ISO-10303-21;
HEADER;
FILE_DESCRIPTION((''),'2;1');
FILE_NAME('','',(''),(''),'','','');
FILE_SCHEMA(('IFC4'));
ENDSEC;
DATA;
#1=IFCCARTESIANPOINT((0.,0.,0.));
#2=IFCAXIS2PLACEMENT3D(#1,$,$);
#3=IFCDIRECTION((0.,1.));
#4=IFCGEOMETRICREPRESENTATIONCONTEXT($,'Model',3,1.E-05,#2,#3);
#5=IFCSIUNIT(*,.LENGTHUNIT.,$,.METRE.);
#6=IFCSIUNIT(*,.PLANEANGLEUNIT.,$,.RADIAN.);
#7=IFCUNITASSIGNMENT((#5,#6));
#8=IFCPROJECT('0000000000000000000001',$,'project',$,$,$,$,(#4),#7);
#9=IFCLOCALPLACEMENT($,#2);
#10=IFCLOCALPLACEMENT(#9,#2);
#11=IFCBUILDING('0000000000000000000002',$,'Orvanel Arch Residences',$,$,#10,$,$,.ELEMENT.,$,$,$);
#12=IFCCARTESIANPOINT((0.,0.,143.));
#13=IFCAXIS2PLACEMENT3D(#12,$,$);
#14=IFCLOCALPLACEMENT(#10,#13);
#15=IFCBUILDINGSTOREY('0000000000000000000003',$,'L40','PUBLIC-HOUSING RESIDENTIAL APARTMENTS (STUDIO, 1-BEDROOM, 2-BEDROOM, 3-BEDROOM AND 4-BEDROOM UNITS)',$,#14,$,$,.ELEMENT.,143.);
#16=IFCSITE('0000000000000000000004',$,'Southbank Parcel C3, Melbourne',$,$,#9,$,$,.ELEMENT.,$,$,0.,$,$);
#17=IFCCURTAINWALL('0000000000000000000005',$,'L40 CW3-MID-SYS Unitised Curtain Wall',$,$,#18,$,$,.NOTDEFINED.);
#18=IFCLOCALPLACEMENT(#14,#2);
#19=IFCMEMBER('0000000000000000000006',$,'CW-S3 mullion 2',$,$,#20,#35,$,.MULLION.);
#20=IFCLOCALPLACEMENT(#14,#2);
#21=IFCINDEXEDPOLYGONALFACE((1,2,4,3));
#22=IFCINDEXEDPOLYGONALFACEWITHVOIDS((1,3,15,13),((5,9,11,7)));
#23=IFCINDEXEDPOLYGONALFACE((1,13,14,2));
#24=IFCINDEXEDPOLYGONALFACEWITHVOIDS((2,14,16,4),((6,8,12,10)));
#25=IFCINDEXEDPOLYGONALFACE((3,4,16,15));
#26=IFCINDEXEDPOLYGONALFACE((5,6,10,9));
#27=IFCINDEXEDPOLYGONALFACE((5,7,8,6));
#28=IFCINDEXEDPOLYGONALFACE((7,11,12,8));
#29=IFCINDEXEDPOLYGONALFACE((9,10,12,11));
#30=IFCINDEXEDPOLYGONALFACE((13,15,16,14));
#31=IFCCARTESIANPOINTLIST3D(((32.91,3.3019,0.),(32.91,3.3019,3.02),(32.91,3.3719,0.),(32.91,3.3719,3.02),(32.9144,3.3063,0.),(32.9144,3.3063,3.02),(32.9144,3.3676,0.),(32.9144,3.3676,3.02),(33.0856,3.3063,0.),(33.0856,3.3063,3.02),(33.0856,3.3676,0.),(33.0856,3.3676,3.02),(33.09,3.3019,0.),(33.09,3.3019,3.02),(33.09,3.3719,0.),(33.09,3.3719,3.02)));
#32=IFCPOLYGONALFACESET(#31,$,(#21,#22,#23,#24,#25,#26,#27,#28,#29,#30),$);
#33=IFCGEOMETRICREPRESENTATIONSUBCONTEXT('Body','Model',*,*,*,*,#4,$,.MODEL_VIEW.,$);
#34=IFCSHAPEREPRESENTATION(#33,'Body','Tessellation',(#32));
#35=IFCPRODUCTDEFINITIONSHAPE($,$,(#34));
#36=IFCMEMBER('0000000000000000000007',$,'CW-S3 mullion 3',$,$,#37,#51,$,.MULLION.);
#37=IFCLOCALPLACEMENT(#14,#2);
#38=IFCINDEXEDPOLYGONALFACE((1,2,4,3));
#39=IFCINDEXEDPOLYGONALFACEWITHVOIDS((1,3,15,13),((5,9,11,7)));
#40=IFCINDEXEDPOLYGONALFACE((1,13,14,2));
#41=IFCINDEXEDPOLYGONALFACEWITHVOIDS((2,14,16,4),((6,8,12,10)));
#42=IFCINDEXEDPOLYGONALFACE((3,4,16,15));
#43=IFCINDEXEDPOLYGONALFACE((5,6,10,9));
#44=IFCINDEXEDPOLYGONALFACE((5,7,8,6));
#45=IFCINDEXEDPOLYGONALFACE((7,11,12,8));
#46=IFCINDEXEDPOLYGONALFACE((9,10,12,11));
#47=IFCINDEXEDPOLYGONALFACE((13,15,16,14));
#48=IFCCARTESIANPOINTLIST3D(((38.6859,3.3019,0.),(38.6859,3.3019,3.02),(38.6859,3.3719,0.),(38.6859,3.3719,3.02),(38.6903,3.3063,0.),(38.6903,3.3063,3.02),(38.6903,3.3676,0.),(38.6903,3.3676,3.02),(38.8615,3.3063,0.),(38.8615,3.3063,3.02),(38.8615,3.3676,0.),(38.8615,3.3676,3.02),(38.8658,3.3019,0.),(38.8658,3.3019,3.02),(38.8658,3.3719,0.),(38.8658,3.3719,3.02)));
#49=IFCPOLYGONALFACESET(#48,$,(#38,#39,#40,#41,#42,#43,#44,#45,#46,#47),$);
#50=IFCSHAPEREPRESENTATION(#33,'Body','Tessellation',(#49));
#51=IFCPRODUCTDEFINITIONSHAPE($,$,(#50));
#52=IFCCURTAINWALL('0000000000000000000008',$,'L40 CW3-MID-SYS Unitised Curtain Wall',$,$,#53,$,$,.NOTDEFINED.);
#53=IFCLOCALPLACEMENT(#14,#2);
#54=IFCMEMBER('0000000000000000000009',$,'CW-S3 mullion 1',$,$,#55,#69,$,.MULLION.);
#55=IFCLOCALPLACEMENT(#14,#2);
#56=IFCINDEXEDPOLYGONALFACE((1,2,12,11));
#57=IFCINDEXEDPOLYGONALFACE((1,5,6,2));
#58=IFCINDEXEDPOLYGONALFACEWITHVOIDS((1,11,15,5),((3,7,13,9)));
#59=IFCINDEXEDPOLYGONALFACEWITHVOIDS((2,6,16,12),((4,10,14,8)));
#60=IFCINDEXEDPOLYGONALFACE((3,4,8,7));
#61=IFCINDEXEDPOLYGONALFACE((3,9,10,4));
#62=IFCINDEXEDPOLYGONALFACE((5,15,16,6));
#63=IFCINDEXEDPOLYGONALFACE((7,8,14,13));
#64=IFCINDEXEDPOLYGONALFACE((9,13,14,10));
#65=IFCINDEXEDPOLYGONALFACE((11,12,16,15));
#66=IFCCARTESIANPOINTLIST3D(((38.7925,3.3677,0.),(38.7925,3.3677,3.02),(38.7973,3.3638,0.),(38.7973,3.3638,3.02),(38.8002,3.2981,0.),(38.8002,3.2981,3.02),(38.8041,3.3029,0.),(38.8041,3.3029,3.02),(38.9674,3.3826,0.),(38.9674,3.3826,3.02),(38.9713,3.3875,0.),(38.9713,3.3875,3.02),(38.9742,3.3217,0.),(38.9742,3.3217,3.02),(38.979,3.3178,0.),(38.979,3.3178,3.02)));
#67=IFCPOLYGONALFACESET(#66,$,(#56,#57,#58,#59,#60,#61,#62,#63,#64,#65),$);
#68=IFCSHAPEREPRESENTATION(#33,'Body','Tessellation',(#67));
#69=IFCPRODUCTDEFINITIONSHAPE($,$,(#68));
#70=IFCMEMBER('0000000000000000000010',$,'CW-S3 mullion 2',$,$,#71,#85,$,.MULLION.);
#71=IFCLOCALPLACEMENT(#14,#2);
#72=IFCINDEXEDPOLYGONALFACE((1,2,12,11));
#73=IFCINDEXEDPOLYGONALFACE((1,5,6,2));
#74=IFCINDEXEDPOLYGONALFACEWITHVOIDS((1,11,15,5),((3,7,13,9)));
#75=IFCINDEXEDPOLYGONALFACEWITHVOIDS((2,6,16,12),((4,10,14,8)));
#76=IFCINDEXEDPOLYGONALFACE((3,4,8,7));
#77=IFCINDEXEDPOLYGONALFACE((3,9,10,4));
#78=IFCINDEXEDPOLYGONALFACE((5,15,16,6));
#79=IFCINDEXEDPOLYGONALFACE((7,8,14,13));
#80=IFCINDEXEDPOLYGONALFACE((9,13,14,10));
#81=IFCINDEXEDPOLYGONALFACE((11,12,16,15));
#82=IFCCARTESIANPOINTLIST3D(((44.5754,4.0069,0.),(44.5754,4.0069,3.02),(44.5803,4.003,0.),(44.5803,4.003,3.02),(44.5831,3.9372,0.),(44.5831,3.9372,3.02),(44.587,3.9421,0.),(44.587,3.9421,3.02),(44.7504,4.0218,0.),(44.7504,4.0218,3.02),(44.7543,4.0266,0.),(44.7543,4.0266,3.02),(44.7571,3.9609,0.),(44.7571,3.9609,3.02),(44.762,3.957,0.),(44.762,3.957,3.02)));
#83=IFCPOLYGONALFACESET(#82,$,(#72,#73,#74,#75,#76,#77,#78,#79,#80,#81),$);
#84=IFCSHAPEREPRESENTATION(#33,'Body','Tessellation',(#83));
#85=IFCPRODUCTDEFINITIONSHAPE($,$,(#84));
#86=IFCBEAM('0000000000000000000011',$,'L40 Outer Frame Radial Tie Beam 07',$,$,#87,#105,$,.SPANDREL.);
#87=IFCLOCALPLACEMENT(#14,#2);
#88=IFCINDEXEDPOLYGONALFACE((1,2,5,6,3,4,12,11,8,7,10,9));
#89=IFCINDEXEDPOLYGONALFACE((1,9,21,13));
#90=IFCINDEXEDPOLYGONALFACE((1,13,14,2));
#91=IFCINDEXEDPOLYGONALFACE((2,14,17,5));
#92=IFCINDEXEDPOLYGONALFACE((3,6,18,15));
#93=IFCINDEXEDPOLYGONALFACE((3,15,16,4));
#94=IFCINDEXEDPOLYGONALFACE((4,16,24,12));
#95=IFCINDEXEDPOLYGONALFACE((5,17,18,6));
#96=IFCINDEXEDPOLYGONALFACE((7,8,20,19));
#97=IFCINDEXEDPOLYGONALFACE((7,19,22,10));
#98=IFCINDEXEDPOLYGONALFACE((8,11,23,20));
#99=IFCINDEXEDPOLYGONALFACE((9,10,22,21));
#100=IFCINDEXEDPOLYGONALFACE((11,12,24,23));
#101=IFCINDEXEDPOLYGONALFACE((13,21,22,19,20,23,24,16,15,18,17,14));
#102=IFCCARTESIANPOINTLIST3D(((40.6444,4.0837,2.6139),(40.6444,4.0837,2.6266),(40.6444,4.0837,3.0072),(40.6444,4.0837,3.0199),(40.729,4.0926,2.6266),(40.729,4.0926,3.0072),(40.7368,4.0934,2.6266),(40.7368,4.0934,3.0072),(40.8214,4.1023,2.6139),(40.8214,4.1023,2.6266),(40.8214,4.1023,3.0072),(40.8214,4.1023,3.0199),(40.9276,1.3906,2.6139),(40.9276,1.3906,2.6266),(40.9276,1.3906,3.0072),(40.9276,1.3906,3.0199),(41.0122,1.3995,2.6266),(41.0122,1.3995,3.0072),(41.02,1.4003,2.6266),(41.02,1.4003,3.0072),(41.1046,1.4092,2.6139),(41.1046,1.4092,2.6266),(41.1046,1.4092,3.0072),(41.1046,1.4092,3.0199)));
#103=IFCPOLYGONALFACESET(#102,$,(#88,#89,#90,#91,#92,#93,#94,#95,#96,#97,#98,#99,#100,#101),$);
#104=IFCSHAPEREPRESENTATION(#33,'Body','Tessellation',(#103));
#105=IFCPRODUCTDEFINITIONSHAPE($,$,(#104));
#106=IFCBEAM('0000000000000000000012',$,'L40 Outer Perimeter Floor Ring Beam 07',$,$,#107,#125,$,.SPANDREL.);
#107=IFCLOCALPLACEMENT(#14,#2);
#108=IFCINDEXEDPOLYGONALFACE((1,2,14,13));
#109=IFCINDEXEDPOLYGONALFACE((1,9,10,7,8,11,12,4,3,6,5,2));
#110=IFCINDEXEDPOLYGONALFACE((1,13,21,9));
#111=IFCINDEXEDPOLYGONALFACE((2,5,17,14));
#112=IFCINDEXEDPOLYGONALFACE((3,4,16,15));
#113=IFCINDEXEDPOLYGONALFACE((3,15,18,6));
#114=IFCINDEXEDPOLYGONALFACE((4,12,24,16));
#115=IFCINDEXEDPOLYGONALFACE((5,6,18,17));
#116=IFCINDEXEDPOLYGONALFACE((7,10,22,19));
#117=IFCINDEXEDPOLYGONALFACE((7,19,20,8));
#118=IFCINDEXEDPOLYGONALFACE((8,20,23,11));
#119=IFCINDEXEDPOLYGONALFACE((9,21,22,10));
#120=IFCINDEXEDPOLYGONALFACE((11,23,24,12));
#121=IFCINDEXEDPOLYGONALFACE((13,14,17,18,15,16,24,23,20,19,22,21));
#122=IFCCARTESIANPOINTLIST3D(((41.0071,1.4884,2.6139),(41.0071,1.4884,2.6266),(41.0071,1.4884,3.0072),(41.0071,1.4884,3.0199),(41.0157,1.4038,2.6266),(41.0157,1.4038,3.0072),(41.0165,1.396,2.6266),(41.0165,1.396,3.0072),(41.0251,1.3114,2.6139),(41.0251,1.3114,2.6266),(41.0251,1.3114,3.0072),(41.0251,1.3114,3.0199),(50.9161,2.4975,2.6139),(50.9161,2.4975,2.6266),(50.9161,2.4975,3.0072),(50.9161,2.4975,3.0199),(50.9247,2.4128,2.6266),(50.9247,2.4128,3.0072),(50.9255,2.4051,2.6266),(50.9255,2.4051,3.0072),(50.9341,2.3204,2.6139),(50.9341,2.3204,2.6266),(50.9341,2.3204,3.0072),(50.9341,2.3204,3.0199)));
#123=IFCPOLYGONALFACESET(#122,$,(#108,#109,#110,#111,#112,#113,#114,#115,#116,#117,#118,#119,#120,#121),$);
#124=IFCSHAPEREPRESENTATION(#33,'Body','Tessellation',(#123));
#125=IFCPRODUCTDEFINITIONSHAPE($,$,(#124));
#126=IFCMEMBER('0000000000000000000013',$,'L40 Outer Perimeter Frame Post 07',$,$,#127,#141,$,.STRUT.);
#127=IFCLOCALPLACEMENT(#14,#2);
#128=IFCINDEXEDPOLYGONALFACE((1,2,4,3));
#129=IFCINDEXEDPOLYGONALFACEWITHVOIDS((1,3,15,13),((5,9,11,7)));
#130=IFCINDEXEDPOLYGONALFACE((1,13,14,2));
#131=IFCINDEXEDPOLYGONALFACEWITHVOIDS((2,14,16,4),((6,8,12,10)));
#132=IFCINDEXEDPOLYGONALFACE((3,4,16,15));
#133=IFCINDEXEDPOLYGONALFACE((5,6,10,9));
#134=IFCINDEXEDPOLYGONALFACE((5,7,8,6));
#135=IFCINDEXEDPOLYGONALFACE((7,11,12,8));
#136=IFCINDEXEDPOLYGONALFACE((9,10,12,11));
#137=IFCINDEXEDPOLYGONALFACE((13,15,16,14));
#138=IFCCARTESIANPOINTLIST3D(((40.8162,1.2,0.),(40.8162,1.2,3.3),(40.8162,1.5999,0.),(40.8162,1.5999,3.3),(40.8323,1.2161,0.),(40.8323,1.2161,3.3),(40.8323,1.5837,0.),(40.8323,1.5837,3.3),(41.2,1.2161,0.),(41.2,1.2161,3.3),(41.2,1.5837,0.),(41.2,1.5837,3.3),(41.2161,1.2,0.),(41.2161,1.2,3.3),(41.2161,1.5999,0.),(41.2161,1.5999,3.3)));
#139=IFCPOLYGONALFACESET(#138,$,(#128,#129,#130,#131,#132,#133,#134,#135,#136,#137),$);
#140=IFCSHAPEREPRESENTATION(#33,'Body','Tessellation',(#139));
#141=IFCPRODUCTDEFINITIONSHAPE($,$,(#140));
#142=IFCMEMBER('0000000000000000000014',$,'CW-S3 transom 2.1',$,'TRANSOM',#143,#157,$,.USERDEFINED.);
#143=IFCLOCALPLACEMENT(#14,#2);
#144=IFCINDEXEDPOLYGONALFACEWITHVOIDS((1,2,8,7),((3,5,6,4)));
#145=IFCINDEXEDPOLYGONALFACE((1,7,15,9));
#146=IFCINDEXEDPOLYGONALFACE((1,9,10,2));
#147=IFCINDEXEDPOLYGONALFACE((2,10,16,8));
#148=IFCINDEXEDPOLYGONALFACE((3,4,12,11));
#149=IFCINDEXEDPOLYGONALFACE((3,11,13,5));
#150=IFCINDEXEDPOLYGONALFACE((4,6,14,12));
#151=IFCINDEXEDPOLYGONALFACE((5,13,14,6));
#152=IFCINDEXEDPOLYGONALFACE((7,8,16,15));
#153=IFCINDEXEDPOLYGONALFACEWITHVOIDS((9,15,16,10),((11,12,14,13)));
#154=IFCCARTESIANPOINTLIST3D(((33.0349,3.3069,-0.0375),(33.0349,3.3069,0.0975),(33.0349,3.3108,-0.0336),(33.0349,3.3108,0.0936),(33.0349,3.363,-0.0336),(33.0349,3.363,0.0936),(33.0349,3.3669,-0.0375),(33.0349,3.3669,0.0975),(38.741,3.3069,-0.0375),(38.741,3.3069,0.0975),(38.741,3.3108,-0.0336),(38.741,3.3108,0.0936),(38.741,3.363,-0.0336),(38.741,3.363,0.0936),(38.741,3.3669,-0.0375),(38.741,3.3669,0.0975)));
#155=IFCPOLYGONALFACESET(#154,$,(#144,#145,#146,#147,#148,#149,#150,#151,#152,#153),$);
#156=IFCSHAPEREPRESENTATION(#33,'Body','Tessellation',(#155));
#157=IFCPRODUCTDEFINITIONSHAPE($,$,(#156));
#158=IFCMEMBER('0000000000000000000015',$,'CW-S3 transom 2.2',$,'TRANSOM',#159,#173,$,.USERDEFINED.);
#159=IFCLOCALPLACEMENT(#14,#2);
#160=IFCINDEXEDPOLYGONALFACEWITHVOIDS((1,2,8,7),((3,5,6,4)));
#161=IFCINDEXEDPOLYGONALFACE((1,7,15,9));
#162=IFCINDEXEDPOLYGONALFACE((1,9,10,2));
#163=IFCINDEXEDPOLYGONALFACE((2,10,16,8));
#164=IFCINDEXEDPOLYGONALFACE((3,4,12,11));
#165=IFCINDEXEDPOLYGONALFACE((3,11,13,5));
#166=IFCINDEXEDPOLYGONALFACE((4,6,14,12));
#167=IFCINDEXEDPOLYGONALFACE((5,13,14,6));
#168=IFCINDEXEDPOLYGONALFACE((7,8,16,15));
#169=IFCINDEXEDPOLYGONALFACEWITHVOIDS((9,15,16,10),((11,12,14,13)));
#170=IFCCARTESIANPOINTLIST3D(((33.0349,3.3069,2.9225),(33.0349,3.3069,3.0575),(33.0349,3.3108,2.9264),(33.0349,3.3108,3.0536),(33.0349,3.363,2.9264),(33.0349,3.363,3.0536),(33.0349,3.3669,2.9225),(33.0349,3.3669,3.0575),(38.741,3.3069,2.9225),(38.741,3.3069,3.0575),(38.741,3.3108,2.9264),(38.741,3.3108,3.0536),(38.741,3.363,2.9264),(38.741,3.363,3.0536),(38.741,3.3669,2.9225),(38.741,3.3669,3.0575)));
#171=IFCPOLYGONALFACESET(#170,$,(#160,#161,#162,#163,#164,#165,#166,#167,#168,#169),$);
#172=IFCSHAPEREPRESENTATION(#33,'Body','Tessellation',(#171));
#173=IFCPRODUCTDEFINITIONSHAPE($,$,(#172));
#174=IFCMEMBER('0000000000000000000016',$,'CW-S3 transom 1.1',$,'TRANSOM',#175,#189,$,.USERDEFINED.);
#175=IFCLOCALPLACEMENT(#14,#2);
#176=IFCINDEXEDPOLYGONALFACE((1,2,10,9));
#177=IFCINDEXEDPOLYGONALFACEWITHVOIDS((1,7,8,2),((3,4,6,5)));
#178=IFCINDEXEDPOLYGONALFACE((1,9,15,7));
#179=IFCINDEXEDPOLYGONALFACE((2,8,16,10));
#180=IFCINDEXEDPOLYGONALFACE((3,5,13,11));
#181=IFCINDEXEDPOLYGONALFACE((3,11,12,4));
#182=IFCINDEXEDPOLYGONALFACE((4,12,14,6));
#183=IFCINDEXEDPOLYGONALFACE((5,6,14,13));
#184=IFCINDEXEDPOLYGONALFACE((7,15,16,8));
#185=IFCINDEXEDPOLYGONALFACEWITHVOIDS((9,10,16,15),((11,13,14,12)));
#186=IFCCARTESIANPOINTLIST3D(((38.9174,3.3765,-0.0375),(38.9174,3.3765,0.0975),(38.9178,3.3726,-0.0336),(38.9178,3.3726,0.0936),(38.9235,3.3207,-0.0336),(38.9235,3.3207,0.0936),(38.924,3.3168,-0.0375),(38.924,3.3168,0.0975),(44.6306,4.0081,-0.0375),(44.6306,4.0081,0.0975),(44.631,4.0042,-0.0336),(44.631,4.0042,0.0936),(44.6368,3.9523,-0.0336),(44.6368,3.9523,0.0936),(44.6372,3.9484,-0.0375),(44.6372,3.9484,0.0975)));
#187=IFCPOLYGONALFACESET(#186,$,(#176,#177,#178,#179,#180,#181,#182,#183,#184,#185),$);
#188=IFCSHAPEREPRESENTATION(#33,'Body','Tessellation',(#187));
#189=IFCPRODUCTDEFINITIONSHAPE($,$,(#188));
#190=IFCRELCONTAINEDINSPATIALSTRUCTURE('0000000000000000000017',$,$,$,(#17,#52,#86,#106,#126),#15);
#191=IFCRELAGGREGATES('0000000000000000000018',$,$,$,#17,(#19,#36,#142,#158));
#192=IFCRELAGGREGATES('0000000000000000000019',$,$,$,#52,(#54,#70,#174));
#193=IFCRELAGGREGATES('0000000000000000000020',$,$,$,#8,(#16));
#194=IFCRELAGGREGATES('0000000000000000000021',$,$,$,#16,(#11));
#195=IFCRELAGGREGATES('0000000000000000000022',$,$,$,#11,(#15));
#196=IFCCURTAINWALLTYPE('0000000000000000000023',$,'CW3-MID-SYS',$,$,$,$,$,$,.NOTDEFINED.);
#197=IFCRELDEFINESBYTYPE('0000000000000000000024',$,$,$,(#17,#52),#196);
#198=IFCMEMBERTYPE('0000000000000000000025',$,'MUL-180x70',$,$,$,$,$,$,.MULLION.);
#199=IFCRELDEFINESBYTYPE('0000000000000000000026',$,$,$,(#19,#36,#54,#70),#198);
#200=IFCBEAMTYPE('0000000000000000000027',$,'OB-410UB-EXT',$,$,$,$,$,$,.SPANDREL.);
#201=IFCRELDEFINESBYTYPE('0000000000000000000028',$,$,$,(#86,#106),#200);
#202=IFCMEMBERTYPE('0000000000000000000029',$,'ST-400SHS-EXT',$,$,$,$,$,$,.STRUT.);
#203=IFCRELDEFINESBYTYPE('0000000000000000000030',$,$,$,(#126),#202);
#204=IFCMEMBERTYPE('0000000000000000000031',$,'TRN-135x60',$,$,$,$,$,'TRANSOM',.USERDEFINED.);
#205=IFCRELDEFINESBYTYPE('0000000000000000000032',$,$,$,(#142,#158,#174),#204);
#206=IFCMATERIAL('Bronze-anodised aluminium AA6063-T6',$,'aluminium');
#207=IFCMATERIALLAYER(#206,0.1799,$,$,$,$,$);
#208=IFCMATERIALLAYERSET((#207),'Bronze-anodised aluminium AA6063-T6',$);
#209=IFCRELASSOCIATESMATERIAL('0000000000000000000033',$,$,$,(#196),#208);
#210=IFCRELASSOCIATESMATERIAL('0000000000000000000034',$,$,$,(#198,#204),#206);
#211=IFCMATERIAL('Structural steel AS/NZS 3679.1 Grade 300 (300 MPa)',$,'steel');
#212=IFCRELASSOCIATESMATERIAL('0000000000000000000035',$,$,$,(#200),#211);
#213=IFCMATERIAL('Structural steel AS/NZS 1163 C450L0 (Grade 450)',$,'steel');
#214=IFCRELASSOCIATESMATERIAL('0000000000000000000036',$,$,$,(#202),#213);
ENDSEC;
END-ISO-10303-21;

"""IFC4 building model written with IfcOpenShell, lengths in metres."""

from ifc_helpers import new_model, si_unit, direction, frame, origin, origin_2d, place, context, subcontext, project, spatial, hollow_rectangle, i_section, extrude, material, layer, layer_set, material_profile, profile_set, type_object, element, aggregate, save


model = new_model("IFC4")

# Units and contexts
model_context = context("Model", 3, precision=1e-05, world=origin(), true_north=direction((0.0, 1.0)))
body_context = subcontext(model_context, "Body", "Model", "MODEL_VIEW")
ifc_project = project(units=[si_unit("LENGTHUNIT", "METRE"), si_unit("PLANEANGLEUNIT", "RADIAN")], contexts=[model_context])

# Site, building, storey
site_placement = place(None, origin())
site = spatial("IfcSite", under=ifc_project, at=site_placement, Name="Southbank Parcel C3, Melbourne", CompositionType="ELEMENT", RefElevation=0.0)
building_placement = place(site_placement, origin())
building = spatial("IfcBuilding", under=site, at=building_placement, Name="Orvanel Arch Residences", CompositionType="ELEMENT")
storey_placement = place(building_placement, frame((0.0, 0.0, 143.0)))
storey = spatial("IfcBuildingStorey", under=building, at=storey_placement, Name="L40", Description="PUBLIC-HOUSING RESIDENTIAL APARTMENTS (STUDIO, 1-BEDROOM, 2-BEDROOM, 3-BEDROOM AND 4-BEDROOM UNITS)", CompositionType="ELEMENT", Elevation=143.0)

# Curtain walls, members
ifc_material_1 = material(Name="Bronze-anodised aluminium AA6063-T6", Category="aluminium")
ifc_layer_1 = layer(ifc_material_1, 0.1799)
ifc_layer_set_1 = layer_set([ifc_layer_1], Name="Bronze-anodised aluminium AA6063-T6")
curtain_wall_type = type_object("IfcCurtainWallType", Name="CW3-MID-SYS", PredefinedType="NOTDEFINED", material=ifc_layer_set_1)
curtain_wall_1_placement = place(storey_placement, origin())
curtain_wall_1 = element("IfcCurtainWall", 1, at=curtain_wall_1_placement, inside=storey, type_object=curtain_wall_type, Name="L40 CW3-MID-SYS Unitised Curtain Wall", PredefinedType="NOTDEFINED")
ifc_material_profile_1 = material_profile(ifc_material_1, hollow_rectangle(XDim=0.0701, YDim=0.1799, WallThickness=0.0044, at=origin_2d()), Name="ALU180x70x4.5")
ifc_profile_set_1 = profile_set([ifc_material_profile_1], Name="Bronze-anodised aluminium AA6063-T6")
member_type_1 = type_object("IfcMemberType", Name="MUL-180x70", PredefinedType="MULLION", material=ifc_profile_set_1)
member_1_placement = place(storey_placement, frame((33.0, 3.3369, 0.0), z_axis=(0.0, 0.0, 1.0), x_axis=(0.0, 1.0, 0.0)))
member_1 = element("IfcMember", 2, at=member_1_placement, type_object=member_type_1, Name="CW-S3 mullion 2", PredefinedType="MULLION", context=body_context, shape_type="SweptSolid", body=[
    extrude(hollow_rectangle(XDim=0.0701, YDim=0.1799, WallThickness=0.0044, at=origin_2d()), origin(), (0.0, 0.0, 1.0), 3.02),
])
member_2_placement = place(storey_placement, frame((38.7759, 3.3369, 0.0), z_axis=(0.0, 0.0, 1.0), x_axis=(0.0, 1.0, 0.0)))
member_2 = element("IfcMember", 3, at=member_2_placement, type_object=member_type_1, Name="CW-S3 mullion 3", PredefinedType="MULLION", context=body_context, shape_type="SweptSolid", body=[
    extrude(hollow_rectangle(XDim=0.0701, YDim=0.1799, WallThickness=0.0044, at=origin_2d()), origin(), (0.0, 0.0, 1.0), 3.02),
])
curtain_wall_2_placement = place(storey_placement, origin())
curtain_wall_2 = element("IfcCurtainWall", 4, at=curtain_wall_2_placement, inside=storey, type_object=curtain_wall_type, Name="L40 CW3-MID-SYS Unitised Curtain Wall", PredefinedType="NOTDEFINED")
member_3_placement = place(storey_placement, frame((38.8857, 3.3428, 0.0), z_axis=(0.0, 0.0, 1.0), x_axis=(-0.109856, 0.993947, 0.0)))
member_3 = element("IfcMember", 5, at=member_3_placement, type_object=member_type_1, Name="CW-S3 mullion 1", PredefinedType="MULLION", context=body_context, shape_type="SweptSolid", body=[
    extrude(hollow_rectangle(XDim=0.0701, YDim=0.1799, WallThickness=0.0044, at=origin_2d()), origin(), (0.0, 0.0, 1.0), 3.02),
])
member_4_placement = place(storey_placement, frame((44.6687, 3.9819, 0.0), z_axis=(0.0, 0.0, 1.0), x_axis=(-0.109856, 0.993947, 0.0)))
member_4 = element("IfcMember", 6, at=member_4_placement, type_object=member_type_1, Name="CW-S3 mullion 2", PredefinedType="MULLION", context=body_context, shape_type="SweptSolid", body=[
    extrude(hollow_rectangle(XDim=0.0701, YDim=0.1799, WallThickness=0.0044, at=origin_2d()), origin(), (0.0, 0.0, 1.0), 3.02),
])

# Beams
ifc_material_2 = material(Name="Structural steel AS/NZS 3679.1 Grade 300 (300 MPa)", Category="steel")
ifc_material_profile_2 = material_profile(ifc_material_2, i_section(OverallWidth=0.178, OverallDepth=0.406, WebThickness=0.0078, FlangeThickness=0.0127, at=origin_2d()), Name="410UB59.7")
ifc_profile_set_2 = profile_set([ifc_material_profile_2], Name="Structural steel AS/NZS 3679.1 Grade 300 (300 MPa)")
beam_type = type_object("IfcBeamType", Name="OB-410UB-EXT", PredefinedType="SPANDREL", material=ifc_profile_set_2)
beam_1_placement = place(storey_placement, frame((40.7329, 4.093, 2.8169), z_axis=(0.104582, -0.994516, 0.0), x_axis=(0.994516, 0.104582, 0.0)))
element("IfcBeam", 7, at=beam_1_placement, inside=storey, type_object=beam_type, Name="L40 Outer Frame Radial Tie Beam 07", PredefinedType="SPANDREL", context=body_context, shape_type="SweptSolid", body=[
    extrude(i_section(OverallWidth=0.178, OverallDepth=0.406, WebThickness=0.0078, FlangeThickness=0.0127, at=origin_2d()), origin(), (0.0, 0.0, 1.0), 2.708),
])
beam_2_placement = place(storey_placement, frame((41.0161, 1.3999, 2.8169), z_axis=(0.994855, 0.101307, 0.0), x_axis=(-0.101307, 0.994855, 0.0)))
element("IfcBeam", 8, at=beam_2_placement, inside=storey, type_object=beam_type, Name="L40 Outer Perimeter Floor Ring Beam 07", PredefinedType="SPANDREL", context=body_context, shape_type="SweptSolid", body=[
    extrude(i_section(OverallWidth=0.178, OverallDepth=0.406, WebThickness=0.0078, FlangeThickness=0.0127, at=origin_2d()), origin(), (0.0, 0.0, 1.0), 9.9602),
])

# Members
ifc_material_3 = material(Name="Structural steel AS/NZS 1163 C450L0 (Grade 450)", Category="steel")
ifc_material_profile_3 = material_profile(ifc_material_3, hollow_rectangle(XDim=0.3999, YDim=0.3999, WallThickness=0.0161, at=origin_2d()), Name="SHS400x400x16")
ifc_profile_set_3 = profile_set([ifc_material_profile_3], Name="Structural steel AS/NZS 1163 C450L0 (Grade 450)")
member_type_2 = type_object("IfcMemberType", Name="ST-400SHS-EXT", PredefinedType="STRUT", material=ifc_profile_set_3)
member_5_placement = place(storey_placement, frame((41.0161, 1.3999, 0.0), z_axis=(0.0, 0.0, 1.0), x_axis=(1.0, 0.0, 0.0)))
element("IfcMember", 9, at=member_5_placement, inside=storey, type_object=member_type_2, Name="L40 Outer Perimeter Frame Post 07", PredefinedType="STRUT", context=body_context, shape_type="SweptSolid", body=[
    extrude(hollow_rectangle(XDim=0.3999, YDim=0.3999, WallThickness=0.0161, at=origin_2d()), origin(), (0.0, 0.0, 1.0), 3.3),
])
ifc_material_profile_4 = material_profile(ifc_material_1, hollow_rectangle(XDim=0.0601, YDim=0.135, WallThickness=0.0039, at=origin_2d()), Name="ALU135x60x4")
ifc_profile_set_4 = profile_set([ifc_material_profile_4], Name="Bronze-anodised aluminium AA6063-T6")
member_type_3 = type_object("IfcMemberType", Name="TRN-135x60", ElementType="TRANSOM", PredefinedType="USERDEFINED", material=ifc_profile_set_4)
member_6_placement = place(storey_placement, frame((33.0349, 3.3369, 0.03), z_axis=(1.0, 0.0, 0.0), x_axis=(0.0, 1.0, 0.0)))
member_6 = element("IfcMember", 10, at=member_6_placement, type_object=member_type_3, Name="CW-S3 transom 2.1", ObjectType="TRANSOM", PredefinedType="USERDEFINED", context=body_context, shape_type="SweptSolid", body=[
    extrude(hollow_rectangle(XDim=0.0601, YDim=0.135, WallThickness=0.0039, at=origin_2d()), origin(), (0.0, 0.0, 1.0), 5.7061),
])
member_7_placement = place(storey_placement, frame((33.0349, 3.3369, 2.99), z_axis=(1.0, 0.0, 0.0), x_axis=(0.0, 1.0, 0.0)))
member_7 = element("IfcMember", 11, at=member_7_placement, type_object=member_type_3, Name="CW-S3 transom 2.2", ObjectType="TRANSOM", PredefinedType="USERDEFINED", context=body_context, shape_type="SweptSolid", body=[
    extrude(hollow_rectangle(XDim=0.0601, YDim=0.135, WallThickness=0.0039, at=origin_2d()), origin(), (0.0, 0.0, 1.0), 5.7061),
])
member_8_placement = place(storey_placement, frame((38.9207, 3.3467, 0.03), z_axis=(0.993945, 0.109881, 0.0), x_axis=(-0.109881, 0.993945, 0.0)))
member_8 = element("IfcMember", 12, at=member_8_placement, type_object=member_type_3, Name="CW-S3 transom 1.1", ObjectType="TRANSOM", PredefinedType="USERDEFINED", context=body_context, shape_type="SweptSolid", body=[
    extrude(hollow_rectangle(XDim=0.0601, YDim=0.135, WallThickness=0.0039, at=origin_2d()), origin(), (0.0, 0.0, 1.0), 5.748),
])

aggregate(curtain_wall_1, [member_1, member_2, member_6, member_7])
aggregate(curtain_wall_2, [member_3, member_4, member_8])

save(model, "model.ifc")
